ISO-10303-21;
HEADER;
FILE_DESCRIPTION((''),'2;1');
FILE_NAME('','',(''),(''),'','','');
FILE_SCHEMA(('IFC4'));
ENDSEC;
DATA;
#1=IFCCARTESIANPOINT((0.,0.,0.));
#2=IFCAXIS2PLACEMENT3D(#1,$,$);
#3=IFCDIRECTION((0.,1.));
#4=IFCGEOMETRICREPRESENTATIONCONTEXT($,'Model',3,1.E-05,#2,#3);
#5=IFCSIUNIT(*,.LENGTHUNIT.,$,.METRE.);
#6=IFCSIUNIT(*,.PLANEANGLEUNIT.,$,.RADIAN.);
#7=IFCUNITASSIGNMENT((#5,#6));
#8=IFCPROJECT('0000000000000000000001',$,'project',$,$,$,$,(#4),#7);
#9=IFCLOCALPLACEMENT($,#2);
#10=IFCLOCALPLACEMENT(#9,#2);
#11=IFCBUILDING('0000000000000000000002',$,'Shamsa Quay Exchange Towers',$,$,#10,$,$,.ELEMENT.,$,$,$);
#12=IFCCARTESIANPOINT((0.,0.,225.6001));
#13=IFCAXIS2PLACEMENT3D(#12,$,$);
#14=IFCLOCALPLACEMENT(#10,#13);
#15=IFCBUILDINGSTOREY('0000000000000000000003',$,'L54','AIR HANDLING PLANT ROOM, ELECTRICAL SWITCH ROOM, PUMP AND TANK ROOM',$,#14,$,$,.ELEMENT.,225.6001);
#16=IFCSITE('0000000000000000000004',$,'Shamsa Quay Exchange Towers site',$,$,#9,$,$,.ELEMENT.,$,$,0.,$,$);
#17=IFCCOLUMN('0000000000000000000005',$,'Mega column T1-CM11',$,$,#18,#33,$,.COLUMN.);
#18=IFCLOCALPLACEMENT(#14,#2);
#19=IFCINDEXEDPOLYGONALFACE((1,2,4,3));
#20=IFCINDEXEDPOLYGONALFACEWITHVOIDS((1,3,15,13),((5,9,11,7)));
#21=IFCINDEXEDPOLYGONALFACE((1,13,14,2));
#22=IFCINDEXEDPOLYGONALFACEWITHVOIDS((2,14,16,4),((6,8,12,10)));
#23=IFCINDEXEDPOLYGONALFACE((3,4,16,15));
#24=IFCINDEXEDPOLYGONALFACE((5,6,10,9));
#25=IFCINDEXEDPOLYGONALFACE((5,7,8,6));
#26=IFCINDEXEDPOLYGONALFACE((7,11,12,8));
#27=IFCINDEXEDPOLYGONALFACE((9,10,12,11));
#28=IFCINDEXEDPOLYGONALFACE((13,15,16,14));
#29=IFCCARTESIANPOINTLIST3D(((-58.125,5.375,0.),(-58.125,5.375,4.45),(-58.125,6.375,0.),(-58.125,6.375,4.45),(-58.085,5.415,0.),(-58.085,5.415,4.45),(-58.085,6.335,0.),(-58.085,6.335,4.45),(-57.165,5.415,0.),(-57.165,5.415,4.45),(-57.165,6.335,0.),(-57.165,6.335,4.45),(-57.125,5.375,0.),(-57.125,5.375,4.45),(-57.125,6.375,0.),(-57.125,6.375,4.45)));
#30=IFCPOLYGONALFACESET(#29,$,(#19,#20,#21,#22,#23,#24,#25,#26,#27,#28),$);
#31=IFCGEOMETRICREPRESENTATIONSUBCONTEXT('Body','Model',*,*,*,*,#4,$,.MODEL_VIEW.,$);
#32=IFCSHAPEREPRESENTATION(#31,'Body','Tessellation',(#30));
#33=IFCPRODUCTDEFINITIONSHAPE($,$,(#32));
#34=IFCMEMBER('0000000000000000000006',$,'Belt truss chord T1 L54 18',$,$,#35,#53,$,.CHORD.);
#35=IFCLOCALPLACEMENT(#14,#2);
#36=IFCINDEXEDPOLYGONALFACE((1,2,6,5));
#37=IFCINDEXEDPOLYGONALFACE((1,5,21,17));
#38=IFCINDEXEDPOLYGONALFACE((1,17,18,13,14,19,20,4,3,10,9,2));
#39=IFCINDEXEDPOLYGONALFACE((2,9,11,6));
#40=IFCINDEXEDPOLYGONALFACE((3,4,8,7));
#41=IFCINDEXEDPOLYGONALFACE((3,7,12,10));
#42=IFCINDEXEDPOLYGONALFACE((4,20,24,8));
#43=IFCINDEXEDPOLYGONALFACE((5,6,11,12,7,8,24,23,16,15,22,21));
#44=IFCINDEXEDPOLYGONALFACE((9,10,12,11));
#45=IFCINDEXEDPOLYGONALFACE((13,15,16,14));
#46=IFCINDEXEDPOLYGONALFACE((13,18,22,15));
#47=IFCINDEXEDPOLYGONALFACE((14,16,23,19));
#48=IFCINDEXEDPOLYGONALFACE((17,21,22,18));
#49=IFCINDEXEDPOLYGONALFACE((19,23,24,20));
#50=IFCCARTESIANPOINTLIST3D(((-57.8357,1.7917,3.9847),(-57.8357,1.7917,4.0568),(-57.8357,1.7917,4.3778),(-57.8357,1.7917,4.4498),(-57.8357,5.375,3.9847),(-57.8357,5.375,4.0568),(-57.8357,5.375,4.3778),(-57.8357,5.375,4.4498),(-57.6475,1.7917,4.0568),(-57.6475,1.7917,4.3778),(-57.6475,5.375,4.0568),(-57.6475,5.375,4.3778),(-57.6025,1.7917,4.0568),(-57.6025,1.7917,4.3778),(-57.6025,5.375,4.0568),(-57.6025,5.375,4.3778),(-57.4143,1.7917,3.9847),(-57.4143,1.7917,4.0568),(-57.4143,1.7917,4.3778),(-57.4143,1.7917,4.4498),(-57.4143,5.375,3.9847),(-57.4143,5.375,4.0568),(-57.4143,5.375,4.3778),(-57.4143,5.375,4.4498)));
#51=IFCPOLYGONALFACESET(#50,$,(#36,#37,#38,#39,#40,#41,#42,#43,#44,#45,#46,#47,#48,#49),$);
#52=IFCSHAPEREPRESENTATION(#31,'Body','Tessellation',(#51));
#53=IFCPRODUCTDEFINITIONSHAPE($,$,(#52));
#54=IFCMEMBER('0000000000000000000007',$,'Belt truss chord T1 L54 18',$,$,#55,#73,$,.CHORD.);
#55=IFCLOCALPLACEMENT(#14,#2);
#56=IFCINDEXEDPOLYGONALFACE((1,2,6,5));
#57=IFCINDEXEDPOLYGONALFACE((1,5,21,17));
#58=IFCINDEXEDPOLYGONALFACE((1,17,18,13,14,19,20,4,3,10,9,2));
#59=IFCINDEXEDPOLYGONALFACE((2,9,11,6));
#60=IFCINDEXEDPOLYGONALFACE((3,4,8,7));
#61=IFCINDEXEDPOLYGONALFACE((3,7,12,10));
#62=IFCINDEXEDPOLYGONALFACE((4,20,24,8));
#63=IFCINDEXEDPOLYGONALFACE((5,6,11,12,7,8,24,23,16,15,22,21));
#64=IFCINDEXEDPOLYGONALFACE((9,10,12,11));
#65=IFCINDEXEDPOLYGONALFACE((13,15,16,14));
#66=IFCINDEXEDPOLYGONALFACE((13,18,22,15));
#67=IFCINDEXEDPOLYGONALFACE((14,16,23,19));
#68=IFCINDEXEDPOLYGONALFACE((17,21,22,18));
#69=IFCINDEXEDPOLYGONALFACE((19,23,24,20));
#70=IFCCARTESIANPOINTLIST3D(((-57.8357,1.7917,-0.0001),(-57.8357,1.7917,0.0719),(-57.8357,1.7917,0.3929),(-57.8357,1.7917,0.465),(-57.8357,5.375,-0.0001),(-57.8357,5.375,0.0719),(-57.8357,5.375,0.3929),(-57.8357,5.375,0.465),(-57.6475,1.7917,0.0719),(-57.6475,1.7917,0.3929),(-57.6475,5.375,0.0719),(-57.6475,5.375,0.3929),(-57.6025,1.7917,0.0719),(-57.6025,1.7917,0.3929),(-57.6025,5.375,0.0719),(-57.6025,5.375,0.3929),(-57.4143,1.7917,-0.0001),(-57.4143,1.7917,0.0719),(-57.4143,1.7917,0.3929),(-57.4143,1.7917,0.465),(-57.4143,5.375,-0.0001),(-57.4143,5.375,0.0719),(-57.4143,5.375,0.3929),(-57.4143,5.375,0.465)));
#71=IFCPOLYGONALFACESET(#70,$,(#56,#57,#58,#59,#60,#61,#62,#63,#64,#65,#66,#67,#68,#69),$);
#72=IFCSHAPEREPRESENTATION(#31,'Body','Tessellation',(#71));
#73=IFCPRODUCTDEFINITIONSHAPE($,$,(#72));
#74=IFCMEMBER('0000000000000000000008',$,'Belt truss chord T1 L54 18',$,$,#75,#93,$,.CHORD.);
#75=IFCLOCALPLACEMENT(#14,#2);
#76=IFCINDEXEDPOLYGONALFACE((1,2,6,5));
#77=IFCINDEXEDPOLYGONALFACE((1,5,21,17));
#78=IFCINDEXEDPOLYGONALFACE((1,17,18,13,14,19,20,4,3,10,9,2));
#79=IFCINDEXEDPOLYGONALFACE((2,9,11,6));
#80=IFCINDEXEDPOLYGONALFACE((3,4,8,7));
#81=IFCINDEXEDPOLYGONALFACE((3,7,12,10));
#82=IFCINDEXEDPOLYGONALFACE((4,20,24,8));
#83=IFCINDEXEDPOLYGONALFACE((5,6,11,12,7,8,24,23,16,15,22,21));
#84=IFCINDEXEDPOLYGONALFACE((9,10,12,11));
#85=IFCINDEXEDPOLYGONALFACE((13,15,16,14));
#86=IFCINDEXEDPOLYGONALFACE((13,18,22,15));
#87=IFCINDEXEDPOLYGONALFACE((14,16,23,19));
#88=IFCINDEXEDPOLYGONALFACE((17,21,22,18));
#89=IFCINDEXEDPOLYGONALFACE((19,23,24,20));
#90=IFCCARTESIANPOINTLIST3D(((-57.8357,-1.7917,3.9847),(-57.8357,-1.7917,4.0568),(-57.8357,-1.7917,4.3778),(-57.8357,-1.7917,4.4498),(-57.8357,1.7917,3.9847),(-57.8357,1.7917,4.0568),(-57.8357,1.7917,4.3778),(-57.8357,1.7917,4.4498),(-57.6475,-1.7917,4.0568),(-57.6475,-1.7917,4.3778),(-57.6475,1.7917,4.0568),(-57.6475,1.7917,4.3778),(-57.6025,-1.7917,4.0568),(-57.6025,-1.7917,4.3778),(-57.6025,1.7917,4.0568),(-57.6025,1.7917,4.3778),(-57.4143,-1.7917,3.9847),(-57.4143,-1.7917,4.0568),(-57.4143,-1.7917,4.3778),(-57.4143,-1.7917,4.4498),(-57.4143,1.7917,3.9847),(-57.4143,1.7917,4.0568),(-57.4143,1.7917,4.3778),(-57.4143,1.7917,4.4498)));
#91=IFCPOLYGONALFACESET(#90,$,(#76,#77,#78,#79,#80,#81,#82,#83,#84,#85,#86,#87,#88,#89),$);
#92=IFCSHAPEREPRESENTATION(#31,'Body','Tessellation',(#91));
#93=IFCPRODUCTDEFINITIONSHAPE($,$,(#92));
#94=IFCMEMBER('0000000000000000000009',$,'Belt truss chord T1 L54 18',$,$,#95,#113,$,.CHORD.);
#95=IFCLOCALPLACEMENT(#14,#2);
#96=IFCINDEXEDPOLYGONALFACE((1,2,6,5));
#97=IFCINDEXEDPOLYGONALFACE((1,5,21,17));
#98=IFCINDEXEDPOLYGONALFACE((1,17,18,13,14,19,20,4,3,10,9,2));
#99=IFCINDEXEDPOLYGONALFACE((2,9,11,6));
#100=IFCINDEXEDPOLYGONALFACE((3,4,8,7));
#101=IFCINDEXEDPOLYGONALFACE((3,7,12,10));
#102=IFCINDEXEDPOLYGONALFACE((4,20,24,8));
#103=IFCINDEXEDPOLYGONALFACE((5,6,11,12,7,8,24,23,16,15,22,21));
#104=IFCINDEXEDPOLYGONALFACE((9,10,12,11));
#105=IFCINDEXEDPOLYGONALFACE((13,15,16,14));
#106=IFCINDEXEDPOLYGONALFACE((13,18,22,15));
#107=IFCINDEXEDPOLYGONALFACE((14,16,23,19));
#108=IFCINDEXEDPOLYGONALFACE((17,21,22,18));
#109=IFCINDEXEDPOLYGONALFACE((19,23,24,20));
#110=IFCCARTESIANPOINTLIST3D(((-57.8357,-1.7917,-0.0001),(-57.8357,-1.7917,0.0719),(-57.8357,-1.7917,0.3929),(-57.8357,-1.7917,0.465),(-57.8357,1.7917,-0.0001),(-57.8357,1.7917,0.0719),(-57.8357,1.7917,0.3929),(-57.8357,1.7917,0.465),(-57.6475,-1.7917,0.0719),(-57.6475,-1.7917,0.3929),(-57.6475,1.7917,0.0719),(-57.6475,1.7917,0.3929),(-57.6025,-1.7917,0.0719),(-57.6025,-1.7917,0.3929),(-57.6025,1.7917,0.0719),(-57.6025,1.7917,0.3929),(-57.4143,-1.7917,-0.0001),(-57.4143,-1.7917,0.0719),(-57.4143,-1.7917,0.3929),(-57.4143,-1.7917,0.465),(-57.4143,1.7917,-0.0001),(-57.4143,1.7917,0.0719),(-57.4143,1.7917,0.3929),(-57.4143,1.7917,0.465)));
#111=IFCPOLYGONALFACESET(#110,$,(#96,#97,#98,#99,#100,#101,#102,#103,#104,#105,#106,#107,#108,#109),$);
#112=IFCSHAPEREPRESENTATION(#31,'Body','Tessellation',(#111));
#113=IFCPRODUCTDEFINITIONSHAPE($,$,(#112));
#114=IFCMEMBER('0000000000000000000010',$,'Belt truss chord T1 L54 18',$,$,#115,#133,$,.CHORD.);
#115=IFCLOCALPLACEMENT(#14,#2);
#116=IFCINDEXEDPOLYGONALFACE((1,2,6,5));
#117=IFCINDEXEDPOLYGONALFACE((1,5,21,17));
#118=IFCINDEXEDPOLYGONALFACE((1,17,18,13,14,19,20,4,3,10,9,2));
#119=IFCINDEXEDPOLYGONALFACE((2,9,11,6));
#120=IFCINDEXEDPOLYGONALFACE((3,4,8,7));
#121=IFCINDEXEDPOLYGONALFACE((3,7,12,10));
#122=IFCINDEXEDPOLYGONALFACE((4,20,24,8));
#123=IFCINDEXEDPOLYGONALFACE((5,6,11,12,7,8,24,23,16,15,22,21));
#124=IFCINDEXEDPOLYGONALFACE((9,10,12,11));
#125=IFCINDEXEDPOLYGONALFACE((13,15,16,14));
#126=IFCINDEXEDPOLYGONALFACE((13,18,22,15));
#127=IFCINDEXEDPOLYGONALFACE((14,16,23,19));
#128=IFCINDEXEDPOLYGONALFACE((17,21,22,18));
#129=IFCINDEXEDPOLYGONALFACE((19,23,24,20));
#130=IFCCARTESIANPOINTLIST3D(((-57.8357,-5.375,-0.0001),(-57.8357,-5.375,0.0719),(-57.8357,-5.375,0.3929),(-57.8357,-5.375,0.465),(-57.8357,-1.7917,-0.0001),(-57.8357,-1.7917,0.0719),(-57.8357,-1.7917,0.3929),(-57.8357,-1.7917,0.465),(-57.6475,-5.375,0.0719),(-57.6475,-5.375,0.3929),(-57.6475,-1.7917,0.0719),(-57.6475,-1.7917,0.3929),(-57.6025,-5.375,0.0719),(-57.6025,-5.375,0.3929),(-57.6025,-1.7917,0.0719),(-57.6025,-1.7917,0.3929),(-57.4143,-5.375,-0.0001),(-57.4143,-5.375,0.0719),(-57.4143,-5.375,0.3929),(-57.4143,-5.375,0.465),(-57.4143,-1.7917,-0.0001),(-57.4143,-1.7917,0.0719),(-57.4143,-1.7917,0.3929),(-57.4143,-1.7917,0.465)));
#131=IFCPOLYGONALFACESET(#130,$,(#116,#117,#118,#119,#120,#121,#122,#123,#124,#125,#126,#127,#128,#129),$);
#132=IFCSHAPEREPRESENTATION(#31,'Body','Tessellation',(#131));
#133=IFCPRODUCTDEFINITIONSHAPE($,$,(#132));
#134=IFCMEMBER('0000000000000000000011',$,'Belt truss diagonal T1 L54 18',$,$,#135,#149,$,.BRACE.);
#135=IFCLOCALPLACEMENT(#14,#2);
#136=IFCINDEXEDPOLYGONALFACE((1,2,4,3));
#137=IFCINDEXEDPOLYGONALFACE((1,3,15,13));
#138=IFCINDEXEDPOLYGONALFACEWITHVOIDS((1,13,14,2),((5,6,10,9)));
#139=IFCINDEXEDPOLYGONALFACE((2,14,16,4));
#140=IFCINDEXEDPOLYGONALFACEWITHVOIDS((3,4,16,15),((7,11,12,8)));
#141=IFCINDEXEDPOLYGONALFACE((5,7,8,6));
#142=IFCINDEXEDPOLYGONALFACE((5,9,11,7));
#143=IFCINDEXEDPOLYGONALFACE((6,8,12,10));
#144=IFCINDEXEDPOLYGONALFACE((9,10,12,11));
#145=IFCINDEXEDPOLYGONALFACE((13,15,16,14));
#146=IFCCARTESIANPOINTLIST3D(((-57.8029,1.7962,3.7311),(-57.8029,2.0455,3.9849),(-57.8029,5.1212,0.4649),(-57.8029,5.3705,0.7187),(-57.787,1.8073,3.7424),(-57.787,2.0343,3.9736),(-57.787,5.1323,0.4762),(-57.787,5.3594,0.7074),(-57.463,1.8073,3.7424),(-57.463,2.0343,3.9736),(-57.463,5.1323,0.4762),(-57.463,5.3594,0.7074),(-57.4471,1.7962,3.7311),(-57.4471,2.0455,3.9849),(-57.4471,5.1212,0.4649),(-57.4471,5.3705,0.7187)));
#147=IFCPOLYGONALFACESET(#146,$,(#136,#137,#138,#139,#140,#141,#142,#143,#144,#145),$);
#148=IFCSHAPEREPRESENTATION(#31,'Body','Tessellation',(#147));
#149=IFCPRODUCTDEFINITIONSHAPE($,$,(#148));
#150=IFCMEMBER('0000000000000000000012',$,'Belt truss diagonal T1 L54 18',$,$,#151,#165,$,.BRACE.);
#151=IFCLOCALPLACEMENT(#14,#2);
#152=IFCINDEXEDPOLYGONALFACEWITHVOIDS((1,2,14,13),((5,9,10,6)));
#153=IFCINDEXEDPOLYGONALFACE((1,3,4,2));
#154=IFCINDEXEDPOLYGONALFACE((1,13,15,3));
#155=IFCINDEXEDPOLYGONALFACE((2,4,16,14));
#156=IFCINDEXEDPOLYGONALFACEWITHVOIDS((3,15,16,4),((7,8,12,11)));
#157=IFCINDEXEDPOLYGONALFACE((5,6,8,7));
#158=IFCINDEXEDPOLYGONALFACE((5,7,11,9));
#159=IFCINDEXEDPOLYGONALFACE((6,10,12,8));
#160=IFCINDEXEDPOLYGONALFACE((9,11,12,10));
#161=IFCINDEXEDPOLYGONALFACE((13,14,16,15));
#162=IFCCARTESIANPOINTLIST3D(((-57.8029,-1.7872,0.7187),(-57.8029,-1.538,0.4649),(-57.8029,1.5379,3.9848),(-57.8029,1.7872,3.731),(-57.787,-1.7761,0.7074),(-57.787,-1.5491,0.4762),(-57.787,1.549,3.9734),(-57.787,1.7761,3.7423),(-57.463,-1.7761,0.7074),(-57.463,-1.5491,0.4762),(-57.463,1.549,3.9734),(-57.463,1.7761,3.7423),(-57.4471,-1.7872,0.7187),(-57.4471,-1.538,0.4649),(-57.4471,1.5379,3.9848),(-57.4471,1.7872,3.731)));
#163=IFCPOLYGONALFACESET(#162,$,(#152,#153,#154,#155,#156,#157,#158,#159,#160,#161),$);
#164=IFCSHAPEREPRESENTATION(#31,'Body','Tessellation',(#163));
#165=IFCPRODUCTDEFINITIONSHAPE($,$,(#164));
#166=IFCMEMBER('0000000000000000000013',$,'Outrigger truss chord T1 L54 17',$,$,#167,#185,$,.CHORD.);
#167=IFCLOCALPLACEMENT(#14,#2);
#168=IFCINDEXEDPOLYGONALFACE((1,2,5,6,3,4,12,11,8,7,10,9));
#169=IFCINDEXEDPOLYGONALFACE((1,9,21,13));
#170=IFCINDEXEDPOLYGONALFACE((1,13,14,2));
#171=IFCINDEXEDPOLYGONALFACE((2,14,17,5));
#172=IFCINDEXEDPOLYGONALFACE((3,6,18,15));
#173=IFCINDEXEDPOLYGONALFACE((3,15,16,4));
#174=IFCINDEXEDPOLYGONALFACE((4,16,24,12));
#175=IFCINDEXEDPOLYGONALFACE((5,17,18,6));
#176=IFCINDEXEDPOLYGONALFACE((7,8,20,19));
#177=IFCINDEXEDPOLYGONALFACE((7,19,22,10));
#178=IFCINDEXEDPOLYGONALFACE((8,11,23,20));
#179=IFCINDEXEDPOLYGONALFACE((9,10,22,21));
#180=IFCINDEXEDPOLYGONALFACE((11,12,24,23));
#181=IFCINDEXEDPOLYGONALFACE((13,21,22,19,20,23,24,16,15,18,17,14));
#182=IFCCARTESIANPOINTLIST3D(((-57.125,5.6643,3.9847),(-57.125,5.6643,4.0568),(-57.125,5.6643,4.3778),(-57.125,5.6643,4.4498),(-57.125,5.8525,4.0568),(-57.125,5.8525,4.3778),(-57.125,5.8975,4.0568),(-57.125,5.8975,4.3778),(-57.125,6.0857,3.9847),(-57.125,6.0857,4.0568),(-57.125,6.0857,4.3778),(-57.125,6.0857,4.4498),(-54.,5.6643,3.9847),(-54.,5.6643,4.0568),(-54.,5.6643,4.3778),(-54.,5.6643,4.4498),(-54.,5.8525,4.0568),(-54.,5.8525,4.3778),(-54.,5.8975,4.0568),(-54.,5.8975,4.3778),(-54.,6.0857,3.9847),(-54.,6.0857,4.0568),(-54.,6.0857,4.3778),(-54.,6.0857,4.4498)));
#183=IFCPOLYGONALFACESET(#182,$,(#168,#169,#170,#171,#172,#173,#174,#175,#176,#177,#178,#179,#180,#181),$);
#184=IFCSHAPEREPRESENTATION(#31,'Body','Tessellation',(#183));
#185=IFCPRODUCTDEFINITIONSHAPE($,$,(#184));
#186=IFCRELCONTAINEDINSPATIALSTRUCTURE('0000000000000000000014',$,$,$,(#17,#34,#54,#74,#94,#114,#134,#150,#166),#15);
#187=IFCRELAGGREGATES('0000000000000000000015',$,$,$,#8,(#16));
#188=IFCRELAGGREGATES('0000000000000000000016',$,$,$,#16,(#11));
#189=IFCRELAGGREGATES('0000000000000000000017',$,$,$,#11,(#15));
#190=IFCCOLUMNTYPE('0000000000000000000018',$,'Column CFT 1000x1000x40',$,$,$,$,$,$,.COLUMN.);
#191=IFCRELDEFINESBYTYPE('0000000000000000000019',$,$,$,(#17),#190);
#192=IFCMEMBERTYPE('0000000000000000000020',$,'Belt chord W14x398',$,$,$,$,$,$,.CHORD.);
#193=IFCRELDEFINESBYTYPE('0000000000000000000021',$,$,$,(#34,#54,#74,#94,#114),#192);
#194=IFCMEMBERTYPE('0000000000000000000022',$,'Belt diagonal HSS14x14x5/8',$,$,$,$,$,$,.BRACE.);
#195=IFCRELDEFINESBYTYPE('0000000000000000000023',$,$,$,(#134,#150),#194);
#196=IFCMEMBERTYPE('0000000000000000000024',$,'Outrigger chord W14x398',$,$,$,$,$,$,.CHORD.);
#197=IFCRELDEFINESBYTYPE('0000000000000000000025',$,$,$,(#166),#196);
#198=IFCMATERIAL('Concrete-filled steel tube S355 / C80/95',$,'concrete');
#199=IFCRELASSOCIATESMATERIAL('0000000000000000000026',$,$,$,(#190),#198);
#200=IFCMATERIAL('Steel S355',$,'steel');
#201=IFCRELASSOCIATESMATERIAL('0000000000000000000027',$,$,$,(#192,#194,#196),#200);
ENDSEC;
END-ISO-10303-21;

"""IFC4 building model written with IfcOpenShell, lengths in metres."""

from ifc_helpers import new_model, si_unit, direction, frame, origin, origin_2d, place, context, subcontext, project, spatial, hollow_rectangle, i_section, extrude, material, material_profile, profile_set, type_object, element, save


model = new_model("IFC4")

# Units and contexts
model_context = context("Model", 3, precision=1e-05, world=origin(), true_north=direction((0.0, 1.0)))
body_context = subcontext(model_context, "Body", "Model", "MODEL_VIEW")
ifc_project = project(units=[si_unit("LENGTHUNIT", "METRE"), si_unit("PLANEANGLEUNIT", "RADIAN")], contexts=[model_context])

# Site, building, storey
site_placement = place(None, origin())
site = spatial("IfcSite", under=ifc_project, at=site_placement, Name="Shamsa Quay Exchange Towers site", CompositionType="ELEMENT", RefElevation=0.0)
building_placement = place(site_placement, origin())
building = spatial("IfcBuilding", under=site, at=building_placement, Name="Shamsa Quay Exchange Towers", CompositionType="ELEMENT")
storey_placement = place(building_placement, frame((0.0, 0.0, 225.6001)))
storey = spatial("IfcBuildingStorey", under=building, at=storey_placement, Name="L54", Description="AIR HANDLING PLANT ROOM, ELECTRICAL SWITCH ROOM, PUMP AND TANK ROOM", CompositionType="ELEMENT", Elevation=225.6001)

# Column
ifc_material_1 = material(Name="Concrete-filled steel tube S355 / C80/95", Category="concrete")
ifc_material_profile_1 = material_profile(ifc_material_1, hollow_rectangle(XDim=1.0, YDim=1.0, WallThickness=0.04, at=origin_2d()), Name="CFT 1000x1000x40")
ifc_profile_set_1 = profile_set([ifc_material_profile_1], Name="Concrete-filled steel tube S355 / C80/95")
column_type = type_object("IfcColumnType", Name="Column CFT 1000x1000x40", PredefinedType="COLUMN", material=ifc_profile_set_1)
column_placement = place(storey_placement, frame((-57.625, 5.875, 0.0)))
element("IfcColumn", 1, at=column_placement, inside=storey, type_object=column_type, Name="Mega column T1-CM11", PredefinedType="COLUMN", context=body_context, shape_type="SweptSolid", body=[
    extrude(hollow_rectangle(XDim=1.0, YDim=1.0, WallThickness=0.04, at=origin_2d()), origin(), (0.0, 0.0, 1.0), 4.45),
])

# Members
ifc_material_2 = material(Name="Steel S355", Category="steel")
ifc_material_profile_2 = material_profile(ifc_material_2, i_section(OverallWidth=0.4214, OverallDepth=0.4651, WebThickness=0.0449, FlangeThickness=0.072, at=origin_2d()), Name="W14x398")
ifc_profile_set_2 = profile_set([ifc_material_profile_2], Name="Steel S355")
member_type_1 = type_object("IfcMemberType", Name="Belt chord W14x398", PredefinedType="CHORD", material=ifc_profile_set_2)
for number, where, z_axis, x_axis, name in (
    (2, (-57.625, 5.375, 4.2173), (0.0, -1.0, 0.0), (1.0, 0.0, 0.0), "Belt truss chord T1 L54 18"),
    (3, (-57.625, 5.375, 0.2324), (0.0, -1.0, 0.0), (1.0, 0.0, 0.0), "Belt truss chord T1 L54 18"),
):
    element("IfcMember", number, at=place(storey_placement, frame(where, z_axis=z_axis, x_axis=x_axis)), inside=storey, type_object=member_type_1, Name=name, PredefinedType="CHORD", context=body_context, shape_type="SweptSolid", body=[
        extrude(i_section(OverallWidth=0.4214, OverallDepth=0.4651, WebThickness=0.0449, FlangeThickness=0.072, at=origin_2d()), origin(), (0.0, 0.0, 1.0), 3.5833),
    ])
for number, where, z_axis, x_axis, name in (
    (4, (-57.625, 1.7917, 4.2173), (0.0, -1.0, 0.0), (1.0, 0.0, 0.0), "Belt truss chord T1 L54 18"),
    (5, (-57.625, 1.7917, 0.2324), (0.0, -1.0, 0.0), (1.0, 0.0, 0.0), "Belt truss chord T1 L54 18"),
):
    element("IfcMember", number, at=place(storey_placement, frame(where, z_axis=z_axis, x_axis=x_axis)), inside=storey, type_object=member_type_1, Name=name, PredefinedType="CHORD", context=body_context, shape_type="SweptSolid", body=[
        extrude(i_section(OverallWidth=0.4214, OverallDepth=0.4651, WebThickness=0.0449, FlangeThickness=0.072, at=origin_2d()), origin(), (0.0, 0.0, 1.0), 3.5835),
    ])
member_1_placement = place(storey_placement, frame((-57.625, -1.7917, 0.2324), z_axis=(0.0, -1.0, 0.0), x_axis=(1.0, 0.0, 0.0)))
element("IfcMember", 6, at=member_1_placement, inside=storey, type_object=member_type_1, Name="Belt truss chord T1 L54 18", PredefinedType="CHORD", context=body_context, shape_type="SweptSolid", body=[
    extrude(i_section(OverallWidth=0.4214, OverallDepth=0.4651, WebThickness=0.0449, FlangeThickness=0.072, at=origin_2d()), origin(), (0.0, 0.0, 1.0), 3.5833),
])
ifc_material_profile_3 = material_profile(ifc_material_2, hollow_rectangle(XDim=0.3557, YDim=0.3557, WallThickness=0.0159, at=origin_2d()), Name="HSS14x14x5/8")
ifc_profile_set_3 = profile_set([ifc_material_profile_3], Name="Steel S355")
member_type_2 = type_object("IfcMemberType", Name="Belt diagonal HSS14x14x5/8", PredefinedType="BRACE", material=ifc_profile_set_3)
for number, where, z_axis, x_axis, name in (
    (7, (-57.625, 5.2458, 0.5918), (0.0, -0.713391, 0.700767), (1.0, 0.0, 0.0), "Belt truss diagonal T1 L54 18"),
    (8, (-57.625, -1.6626, 0.5918), (0.0, 0.713416, 0.70074), (-1.0, 0.0, 0.0), "Belt truss diagonal T1 L54 18"),
):
    element("IfcMember", number, at=place(storey_placement, frame(where, z_axis=z_axis, x_axis=x_axis)), inside=storey, type_object=member_type_2, Name=name, PredefinedType="BRACE", context=body_context, shape_type="SweptSolid", body=[
        extrude(hollow_rectangle(XDim=0.3557, YDim=0.3557, WallThickness=0.0159, at=origin_2d()), origin(), (0.0, 0.0, 1.0), 4.6609),
    ])
ifc_material_profile_4 = material_profile(ifc_material_2, i_section(OverallWidth=0.4214, OverallDepth=0.4651, WebThickness=0.0449, FlangeThickness=0.072, at=origin_2d()), Name="W14x398")
ifc_profile_set_4 = profile_set([ifc_material_profile_4], Name="Steel S355")
member_type_3 = type_object("IfcMemberType", Name="Outrigger chord W14x398", PredefinedType="CHORD", material=ifc_profile_set_4)
for number, where, z_axis, x_axis, name in (
    (9, (-57.125, 5.875, 4.2173), (1.0, 0.0, 0.0), (0.0, 1.0, 0.0), "Outrigger truss chord T1 L54 17"),
):
    element("IfcMember", number, at=place(storey_placement, frame(where, z_axis=z_axis, x_axis=x_axis)), inside=storey, type_object=member_type_3, Name=name, PredefinedType="CHORD", context=body_context, shape_type="SweptSolid", body=[
        extrude(i_section(OverallWidth=0.4214, OverallDepth=0.4651, WebThickness=0.0449, FlangeThickness=0.072, at=origin_2d()), origin(), (0.0, 0.0, 1.0), 3.125),
    ])

save(model, "model.ifc")
